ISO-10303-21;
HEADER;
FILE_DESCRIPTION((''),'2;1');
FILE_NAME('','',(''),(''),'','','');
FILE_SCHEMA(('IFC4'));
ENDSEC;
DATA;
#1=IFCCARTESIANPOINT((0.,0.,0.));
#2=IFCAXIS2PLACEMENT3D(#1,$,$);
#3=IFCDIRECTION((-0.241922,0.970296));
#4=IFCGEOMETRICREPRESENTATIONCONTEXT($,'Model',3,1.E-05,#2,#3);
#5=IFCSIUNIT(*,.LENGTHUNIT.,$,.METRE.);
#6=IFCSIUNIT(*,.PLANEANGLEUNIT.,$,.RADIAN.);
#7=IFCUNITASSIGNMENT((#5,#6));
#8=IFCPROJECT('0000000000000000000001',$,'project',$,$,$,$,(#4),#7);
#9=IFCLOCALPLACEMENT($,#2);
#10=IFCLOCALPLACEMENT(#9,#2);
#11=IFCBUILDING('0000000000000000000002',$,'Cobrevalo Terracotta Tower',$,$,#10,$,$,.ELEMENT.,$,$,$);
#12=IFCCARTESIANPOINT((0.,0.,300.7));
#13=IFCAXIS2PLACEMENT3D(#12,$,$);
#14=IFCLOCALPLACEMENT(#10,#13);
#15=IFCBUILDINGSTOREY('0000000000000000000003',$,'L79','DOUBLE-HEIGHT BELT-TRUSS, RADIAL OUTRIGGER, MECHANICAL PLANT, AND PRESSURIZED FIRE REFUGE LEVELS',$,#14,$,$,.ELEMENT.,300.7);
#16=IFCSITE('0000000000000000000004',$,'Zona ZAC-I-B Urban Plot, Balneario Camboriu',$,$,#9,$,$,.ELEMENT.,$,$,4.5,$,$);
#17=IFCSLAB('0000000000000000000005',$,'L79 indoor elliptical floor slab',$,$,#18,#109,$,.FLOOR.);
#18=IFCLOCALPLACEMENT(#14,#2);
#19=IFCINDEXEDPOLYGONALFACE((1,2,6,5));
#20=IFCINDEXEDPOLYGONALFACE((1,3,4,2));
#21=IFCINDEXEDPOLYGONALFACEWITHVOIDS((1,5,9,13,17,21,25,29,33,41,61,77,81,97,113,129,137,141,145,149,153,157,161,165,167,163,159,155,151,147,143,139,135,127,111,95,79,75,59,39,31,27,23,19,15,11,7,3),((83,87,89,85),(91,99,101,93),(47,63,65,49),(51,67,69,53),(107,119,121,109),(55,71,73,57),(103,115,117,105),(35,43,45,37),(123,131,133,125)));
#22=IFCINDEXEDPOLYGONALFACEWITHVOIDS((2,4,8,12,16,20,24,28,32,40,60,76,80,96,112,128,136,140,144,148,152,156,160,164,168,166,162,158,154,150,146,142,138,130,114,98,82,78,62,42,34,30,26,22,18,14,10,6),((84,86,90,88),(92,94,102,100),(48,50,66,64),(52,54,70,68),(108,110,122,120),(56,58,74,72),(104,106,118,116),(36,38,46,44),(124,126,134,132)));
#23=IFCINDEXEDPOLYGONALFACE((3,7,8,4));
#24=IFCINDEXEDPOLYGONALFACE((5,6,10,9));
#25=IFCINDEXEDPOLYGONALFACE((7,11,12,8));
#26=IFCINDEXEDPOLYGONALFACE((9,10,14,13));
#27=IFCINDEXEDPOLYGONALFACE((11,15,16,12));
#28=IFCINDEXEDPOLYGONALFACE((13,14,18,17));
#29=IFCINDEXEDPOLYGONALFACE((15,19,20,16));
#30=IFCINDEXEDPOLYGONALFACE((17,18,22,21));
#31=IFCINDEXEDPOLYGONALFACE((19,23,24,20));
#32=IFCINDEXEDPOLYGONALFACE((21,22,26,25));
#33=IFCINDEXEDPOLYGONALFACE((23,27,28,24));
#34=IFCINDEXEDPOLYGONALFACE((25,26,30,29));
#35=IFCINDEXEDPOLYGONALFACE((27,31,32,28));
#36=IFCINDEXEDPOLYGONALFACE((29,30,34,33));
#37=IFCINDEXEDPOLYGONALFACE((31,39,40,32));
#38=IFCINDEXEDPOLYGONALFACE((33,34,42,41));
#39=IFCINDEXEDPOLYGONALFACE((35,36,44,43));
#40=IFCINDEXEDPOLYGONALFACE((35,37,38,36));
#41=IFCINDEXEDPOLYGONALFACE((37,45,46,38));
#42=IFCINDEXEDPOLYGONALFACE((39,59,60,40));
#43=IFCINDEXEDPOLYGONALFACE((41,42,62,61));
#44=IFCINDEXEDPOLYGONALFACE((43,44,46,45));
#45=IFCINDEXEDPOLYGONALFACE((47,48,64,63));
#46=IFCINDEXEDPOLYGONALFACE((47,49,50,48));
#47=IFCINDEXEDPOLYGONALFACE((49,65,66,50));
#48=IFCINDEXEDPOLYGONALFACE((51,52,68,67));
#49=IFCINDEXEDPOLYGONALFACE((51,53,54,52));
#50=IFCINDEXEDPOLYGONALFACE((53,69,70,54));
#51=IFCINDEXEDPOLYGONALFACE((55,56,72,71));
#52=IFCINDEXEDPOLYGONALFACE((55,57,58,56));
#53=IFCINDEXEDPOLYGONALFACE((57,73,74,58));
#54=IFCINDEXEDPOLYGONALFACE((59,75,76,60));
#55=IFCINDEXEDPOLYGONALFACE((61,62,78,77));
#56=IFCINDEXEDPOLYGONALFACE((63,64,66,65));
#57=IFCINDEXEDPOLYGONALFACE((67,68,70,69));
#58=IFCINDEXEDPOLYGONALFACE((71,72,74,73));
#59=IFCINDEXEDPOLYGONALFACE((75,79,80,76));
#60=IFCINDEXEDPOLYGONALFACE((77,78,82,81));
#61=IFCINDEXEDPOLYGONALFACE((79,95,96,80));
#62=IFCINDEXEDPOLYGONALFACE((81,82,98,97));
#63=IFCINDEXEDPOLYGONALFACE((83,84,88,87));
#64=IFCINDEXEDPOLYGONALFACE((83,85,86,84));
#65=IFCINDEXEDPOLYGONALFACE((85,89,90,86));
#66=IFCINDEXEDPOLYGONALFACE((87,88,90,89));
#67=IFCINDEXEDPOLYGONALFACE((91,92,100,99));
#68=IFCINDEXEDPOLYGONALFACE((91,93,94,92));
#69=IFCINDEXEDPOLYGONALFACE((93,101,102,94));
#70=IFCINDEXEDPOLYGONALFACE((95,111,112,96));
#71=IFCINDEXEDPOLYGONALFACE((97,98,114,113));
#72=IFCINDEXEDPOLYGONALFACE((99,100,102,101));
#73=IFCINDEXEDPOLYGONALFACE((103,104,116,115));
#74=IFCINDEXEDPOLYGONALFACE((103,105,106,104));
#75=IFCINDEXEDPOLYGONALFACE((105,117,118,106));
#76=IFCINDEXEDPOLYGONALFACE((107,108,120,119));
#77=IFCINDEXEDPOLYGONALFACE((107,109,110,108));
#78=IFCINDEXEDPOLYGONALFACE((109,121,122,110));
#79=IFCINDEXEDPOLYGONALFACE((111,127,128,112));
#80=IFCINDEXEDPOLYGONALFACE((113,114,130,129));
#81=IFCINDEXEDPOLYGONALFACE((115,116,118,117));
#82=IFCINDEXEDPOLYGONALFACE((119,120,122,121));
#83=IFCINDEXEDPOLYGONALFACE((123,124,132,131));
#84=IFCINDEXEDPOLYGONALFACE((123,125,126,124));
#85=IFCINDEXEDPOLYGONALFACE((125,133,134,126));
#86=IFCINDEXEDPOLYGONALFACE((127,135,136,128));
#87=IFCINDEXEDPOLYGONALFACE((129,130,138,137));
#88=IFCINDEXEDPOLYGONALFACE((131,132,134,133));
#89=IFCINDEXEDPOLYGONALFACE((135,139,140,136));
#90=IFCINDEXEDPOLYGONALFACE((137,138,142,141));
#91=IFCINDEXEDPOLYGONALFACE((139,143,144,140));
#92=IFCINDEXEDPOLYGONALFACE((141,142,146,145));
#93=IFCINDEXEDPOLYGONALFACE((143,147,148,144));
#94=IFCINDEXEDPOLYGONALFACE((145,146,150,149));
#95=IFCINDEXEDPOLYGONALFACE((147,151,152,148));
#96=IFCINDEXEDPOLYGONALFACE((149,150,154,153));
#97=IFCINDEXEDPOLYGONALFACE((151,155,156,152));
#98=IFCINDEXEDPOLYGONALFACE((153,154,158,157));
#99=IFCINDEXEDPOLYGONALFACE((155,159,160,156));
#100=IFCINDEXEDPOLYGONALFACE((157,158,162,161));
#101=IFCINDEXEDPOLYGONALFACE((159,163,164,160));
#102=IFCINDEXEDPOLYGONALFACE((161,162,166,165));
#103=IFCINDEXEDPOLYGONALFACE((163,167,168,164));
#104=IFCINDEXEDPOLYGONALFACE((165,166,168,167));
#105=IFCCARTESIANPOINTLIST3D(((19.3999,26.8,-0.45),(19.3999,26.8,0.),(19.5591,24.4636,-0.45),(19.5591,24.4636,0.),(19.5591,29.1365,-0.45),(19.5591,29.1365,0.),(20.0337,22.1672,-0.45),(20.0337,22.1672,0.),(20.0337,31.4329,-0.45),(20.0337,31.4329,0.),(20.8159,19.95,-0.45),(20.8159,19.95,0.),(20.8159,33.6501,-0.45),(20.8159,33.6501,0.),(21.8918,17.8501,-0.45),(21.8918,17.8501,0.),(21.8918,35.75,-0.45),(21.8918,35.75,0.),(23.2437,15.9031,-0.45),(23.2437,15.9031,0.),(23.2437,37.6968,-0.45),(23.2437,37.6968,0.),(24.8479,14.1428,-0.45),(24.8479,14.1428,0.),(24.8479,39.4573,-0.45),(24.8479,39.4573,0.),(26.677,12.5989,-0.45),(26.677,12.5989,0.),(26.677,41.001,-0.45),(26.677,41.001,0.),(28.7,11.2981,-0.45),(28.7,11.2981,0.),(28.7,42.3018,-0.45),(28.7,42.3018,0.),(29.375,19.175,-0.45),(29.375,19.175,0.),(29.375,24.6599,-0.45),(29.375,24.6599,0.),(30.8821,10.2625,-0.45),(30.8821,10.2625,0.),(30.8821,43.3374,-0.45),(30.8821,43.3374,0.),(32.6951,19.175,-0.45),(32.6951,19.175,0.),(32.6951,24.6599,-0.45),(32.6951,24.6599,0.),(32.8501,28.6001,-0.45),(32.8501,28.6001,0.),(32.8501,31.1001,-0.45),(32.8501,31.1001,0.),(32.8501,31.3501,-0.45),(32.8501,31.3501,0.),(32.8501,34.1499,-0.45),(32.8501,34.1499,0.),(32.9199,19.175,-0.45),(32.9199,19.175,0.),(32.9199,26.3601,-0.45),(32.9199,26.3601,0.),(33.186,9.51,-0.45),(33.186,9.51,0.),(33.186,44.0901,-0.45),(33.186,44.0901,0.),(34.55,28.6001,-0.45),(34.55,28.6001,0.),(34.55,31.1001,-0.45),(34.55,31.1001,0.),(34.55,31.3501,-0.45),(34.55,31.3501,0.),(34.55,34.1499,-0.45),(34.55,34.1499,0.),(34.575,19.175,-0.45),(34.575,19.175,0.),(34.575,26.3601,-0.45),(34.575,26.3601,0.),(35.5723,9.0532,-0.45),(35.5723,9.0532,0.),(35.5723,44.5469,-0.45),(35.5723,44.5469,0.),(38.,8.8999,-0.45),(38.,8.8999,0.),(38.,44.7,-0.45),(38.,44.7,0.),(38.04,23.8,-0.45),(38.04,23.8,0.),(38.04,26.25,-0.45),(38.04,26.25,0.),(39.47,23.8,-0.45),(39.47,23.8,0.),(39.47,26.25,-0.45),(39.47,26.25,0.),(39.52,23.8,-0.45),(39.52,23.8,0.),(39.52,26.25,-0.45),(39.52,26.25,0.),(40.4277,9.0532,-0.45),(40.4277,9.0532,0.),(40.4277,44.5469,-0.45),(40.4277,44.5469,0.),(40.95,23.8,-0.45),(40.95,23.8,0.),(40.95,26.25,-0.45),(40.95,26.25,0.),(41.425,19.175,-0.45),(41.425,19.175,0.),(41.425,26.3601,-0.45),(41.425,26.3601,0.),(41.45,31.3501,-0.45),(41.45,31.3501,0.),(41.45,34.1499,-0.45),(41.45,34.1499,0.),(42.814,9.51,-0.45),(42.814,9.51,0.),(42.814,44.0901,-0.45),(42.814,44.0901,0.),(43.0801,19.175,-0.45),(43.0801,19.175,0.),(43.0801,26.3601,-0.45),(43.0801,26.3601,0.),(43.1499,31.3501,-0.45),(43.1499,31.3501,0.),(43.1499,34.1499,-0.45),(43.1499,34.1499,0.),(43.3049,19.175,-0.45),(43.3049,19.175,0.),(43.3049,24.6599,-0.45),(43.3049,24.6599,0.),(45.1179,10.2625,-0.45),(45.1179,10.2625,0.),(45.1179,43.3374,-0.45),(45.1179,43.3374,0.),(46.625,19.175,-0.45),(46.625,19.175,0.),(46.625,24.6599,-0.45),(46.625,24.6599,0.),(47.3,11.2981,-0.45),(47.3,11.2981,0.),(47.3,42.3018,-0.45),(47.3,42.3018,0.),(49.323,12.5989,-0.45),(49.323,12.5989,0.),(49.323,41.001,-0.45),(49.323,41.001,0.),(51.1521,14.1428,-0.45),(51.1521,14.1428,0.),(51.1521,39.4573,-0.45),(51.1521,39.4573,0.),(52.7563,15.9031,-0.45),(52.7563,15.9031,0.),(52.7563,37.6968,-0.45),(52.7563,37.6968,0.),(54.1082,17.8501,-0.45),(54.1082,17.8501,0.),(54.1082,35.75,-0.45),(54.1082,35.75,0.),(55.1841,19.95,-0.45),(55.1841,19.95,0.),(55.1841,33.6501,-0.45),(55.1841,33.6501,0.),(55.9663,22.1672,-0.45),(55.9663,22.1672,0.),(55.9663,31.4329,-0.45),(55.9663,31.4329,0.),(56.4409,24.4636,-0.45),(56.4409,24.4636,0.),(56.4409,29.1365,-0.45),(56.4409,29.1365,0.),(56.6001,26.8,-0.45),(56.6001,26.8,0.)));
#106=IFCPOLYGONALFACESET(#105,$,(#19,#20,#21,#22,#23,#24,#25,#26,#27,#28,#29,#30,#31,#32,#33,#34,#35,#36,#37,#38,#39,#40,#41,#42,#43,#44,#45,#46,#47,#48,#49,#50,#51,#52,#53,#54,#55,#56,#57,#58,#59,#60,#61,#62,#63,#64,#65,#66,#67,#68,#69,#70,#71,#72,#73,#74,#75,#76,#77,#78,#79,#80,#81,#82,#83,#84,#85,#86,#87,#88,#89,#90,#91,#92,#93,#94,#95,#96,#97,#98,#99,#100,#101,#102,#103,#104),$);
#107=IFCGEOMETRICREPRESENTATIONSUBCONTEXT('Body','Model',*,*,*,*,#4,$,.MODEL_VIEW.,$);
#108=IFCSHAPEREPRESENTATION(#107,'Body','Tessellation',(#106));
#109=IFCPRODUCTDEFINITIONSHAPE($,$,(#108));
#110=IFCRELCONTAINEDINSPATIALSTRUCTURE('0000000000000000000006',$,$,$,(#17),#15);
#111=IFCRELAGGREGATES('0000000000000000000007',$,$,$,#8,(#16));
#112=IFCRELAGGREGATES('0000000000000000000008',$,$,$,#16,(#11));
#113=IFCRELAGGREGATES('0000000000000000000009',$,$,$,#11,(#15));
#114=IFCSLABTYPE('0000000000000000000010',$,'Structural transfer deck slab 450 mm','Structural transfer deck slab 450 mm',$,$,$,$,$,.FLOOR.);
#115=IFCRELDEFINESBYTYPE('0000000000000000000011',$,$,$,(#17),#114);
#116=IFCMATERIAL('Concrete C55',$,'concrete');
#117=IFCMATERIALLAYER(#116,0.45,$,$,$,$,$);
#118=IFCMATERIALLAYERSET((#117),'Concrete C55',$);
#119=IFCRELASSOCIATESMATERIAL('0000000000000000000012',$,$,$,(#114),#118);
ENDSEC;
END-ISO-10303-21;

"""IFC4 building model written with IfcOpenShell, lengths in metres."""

from ifc_helpers import new_model, si_unit, direction, frame, origin, place, context, subcontext, project, spatial, polyline, outline, extrude, material, layer, layer_set, type_object, element, save


model = new_model("IFC4")

# Units and contexts
model_context = context("Model", 3, precision=1e-05, world=origin(), true_north=direction((-0.241922, 0.970296)))
body_context = subcontext(model_context, "Body", "Model", "MODEL_VIEW")
ifc_project = project(units=[si_unit("LENGTHUNIT", "METRE"), si_unit("PLANEANGLEUNIT", "RADIAN")], contexts=[model_context])

# Site, building, storey
site_placement = place(None, origin())
site = spatial("IfcSite", under=ifc_project, at=site_placement, Name="Zona ZAC-I-B Urban Plot, Balneario Camboriu", CompositionType="ELEMENT", RefElevation=4.5)
building_placement = place(site_placement, origin())
building = spatial("IfcBuilding", under=site, at=building_placement, Name="Cobrevalo Terracotta Tower", CompositionType="ELEMENT")
storey_placement = place(building_placement, frame((0.0, 0.0, 300.7)))
storey = spatial("IfcBuildingStorey", under=building, at=storey_placement, Name="L79", Description="DOUBLE-HEIGHT BELT-TRUSS, RADIAL OUTRIGGER, MECHANICAL PLANT, AND PRESSURIZED FIRE REFUGE LEVELS", CompositionType="ELEMENT", Elevation=300.7)

# Slab
ifc_material_1 = material(Name="Concrete C55", Category="concrete")
ifc_layer_1 = layer(ifc_material_1, 0.45)
ifc_layer_set_1 = layer_set([ifc_layer_1], Name="Concrete C55")
slab_type_1 = type_object("IfcSlabType", Name="Structural transfer deck slab 450 mm", Description="Structural transfer deck slab 450 mm", PredefinedType="FLOOR", material=ifc_layer_set_1)
slab_1_placement = place(storey_placement, frame((0.0, 0.0, -0.45)))
element("IfcSlab", 1, at=slab_1_placement, inside=storey, type_object=slab_type_1, Name="L79 indoor elliptical floor slab", PredefinedType="FLOOR", context=body_context, shape_type="SweptSolid", body=[
    extrude(outline(polyline([(56.4409, 24.4636), (55.9663, 22.1672), (55.1841, 19.95), (54.1082, 17.8501), (52.7563, 15.9031), (51.1521, 14.1428), (49.323, 12.5989), (47.3, 11.2981), (45.1179, 10.2625), (42.814, 9.51), (40.4277, 9.0532), (38.0, 8.8999), (35.5723, 9.0532), (33.186, 9.51), (30.8821, 10.2625), (28.7, 11.2981), (26.677, 12.5989), (24.8479, 14.1428), (23.2437, 15.9031), (21.8918, 17.8501), (20.8159, 19.95), (20.0337, 22.1672), (19.5591, 24.4636), (19.3999, 26.8), (19.5591, 29.1365), (20.0337, 31.4329), (20.8159, 33.6501), (21.8918, 35.75), (23.2437, 37.6968), (24.8479, 39.4573), (26.677, 41.001), (28.7, 42.3018), (30.8821, 43.3374), (33.186, 44.0901), (35.5723, 44.5469), (38.0, 44.7), (40.4277, 44.5469), (42.814, 44.0901), (45.1179, 43.3374), (47.3, 42.3018), (49.323, 41.001), (51.1521, 39.4573), (52.7563, 37.6968), (54.1082, 35.75), (55.1841, 33.6501), (55.9663, 31.4329), (56.4409, 29.1365), (56.6001, 26.8), (56.4409, 24.4636)]), holes=[polyline([(32.6951, 19.175), (32.6951, 24.6599), (29.375, 24.6599), (29.375, 19.175), (32.6951, 19.175)]), polyline([(46.625, 19.175), (46.625, 24.6599), (43.3049, 24.6599), (43.3049, 19.175), (46.625, 19.175)]), polyline([(34.575, 26.3601), (32.9199, 26.3601), (32.9199, 19.175), (34.575, 19.175), (34.575, 26.3601)]), polyline([(43.0801, 26.3601), (41.425, 26.3601), (41.425, 19.175), (43.0801, 19.175), (43.0801, 26.3601)]), polyline([(39.47, 26.25), (38.04, 26.25), (38.04, 23.8), (39.47, 23.8), (39.47, 26.25)]), polyline([(40.95, 26.25), (39.52, 26.25), (39.52, 23.8), (40.95, 23.8), (40.95, 26.25)]), polyline([(34.55, 31.1001), (32.8501, 31.1001), (32.8501, 28.6001), (34.55, 28.6001), (34.55, 31.1001)]), polyline([(34.55, 31.3501), (34.55, 34.1499), (32.8501, 34.1499), (32.8501, 31.3501), (34.55, 31.3501)]), polyline([(43.1499, 31.3501), (43.1499, 34.1499), (41.45, 34.1499), (41.45, 31.3501), (43.1499, 31.3501)])]), origin(), (0.0, 0.0, 1.0), 0.45),
])

save(model, "model.ifc")
